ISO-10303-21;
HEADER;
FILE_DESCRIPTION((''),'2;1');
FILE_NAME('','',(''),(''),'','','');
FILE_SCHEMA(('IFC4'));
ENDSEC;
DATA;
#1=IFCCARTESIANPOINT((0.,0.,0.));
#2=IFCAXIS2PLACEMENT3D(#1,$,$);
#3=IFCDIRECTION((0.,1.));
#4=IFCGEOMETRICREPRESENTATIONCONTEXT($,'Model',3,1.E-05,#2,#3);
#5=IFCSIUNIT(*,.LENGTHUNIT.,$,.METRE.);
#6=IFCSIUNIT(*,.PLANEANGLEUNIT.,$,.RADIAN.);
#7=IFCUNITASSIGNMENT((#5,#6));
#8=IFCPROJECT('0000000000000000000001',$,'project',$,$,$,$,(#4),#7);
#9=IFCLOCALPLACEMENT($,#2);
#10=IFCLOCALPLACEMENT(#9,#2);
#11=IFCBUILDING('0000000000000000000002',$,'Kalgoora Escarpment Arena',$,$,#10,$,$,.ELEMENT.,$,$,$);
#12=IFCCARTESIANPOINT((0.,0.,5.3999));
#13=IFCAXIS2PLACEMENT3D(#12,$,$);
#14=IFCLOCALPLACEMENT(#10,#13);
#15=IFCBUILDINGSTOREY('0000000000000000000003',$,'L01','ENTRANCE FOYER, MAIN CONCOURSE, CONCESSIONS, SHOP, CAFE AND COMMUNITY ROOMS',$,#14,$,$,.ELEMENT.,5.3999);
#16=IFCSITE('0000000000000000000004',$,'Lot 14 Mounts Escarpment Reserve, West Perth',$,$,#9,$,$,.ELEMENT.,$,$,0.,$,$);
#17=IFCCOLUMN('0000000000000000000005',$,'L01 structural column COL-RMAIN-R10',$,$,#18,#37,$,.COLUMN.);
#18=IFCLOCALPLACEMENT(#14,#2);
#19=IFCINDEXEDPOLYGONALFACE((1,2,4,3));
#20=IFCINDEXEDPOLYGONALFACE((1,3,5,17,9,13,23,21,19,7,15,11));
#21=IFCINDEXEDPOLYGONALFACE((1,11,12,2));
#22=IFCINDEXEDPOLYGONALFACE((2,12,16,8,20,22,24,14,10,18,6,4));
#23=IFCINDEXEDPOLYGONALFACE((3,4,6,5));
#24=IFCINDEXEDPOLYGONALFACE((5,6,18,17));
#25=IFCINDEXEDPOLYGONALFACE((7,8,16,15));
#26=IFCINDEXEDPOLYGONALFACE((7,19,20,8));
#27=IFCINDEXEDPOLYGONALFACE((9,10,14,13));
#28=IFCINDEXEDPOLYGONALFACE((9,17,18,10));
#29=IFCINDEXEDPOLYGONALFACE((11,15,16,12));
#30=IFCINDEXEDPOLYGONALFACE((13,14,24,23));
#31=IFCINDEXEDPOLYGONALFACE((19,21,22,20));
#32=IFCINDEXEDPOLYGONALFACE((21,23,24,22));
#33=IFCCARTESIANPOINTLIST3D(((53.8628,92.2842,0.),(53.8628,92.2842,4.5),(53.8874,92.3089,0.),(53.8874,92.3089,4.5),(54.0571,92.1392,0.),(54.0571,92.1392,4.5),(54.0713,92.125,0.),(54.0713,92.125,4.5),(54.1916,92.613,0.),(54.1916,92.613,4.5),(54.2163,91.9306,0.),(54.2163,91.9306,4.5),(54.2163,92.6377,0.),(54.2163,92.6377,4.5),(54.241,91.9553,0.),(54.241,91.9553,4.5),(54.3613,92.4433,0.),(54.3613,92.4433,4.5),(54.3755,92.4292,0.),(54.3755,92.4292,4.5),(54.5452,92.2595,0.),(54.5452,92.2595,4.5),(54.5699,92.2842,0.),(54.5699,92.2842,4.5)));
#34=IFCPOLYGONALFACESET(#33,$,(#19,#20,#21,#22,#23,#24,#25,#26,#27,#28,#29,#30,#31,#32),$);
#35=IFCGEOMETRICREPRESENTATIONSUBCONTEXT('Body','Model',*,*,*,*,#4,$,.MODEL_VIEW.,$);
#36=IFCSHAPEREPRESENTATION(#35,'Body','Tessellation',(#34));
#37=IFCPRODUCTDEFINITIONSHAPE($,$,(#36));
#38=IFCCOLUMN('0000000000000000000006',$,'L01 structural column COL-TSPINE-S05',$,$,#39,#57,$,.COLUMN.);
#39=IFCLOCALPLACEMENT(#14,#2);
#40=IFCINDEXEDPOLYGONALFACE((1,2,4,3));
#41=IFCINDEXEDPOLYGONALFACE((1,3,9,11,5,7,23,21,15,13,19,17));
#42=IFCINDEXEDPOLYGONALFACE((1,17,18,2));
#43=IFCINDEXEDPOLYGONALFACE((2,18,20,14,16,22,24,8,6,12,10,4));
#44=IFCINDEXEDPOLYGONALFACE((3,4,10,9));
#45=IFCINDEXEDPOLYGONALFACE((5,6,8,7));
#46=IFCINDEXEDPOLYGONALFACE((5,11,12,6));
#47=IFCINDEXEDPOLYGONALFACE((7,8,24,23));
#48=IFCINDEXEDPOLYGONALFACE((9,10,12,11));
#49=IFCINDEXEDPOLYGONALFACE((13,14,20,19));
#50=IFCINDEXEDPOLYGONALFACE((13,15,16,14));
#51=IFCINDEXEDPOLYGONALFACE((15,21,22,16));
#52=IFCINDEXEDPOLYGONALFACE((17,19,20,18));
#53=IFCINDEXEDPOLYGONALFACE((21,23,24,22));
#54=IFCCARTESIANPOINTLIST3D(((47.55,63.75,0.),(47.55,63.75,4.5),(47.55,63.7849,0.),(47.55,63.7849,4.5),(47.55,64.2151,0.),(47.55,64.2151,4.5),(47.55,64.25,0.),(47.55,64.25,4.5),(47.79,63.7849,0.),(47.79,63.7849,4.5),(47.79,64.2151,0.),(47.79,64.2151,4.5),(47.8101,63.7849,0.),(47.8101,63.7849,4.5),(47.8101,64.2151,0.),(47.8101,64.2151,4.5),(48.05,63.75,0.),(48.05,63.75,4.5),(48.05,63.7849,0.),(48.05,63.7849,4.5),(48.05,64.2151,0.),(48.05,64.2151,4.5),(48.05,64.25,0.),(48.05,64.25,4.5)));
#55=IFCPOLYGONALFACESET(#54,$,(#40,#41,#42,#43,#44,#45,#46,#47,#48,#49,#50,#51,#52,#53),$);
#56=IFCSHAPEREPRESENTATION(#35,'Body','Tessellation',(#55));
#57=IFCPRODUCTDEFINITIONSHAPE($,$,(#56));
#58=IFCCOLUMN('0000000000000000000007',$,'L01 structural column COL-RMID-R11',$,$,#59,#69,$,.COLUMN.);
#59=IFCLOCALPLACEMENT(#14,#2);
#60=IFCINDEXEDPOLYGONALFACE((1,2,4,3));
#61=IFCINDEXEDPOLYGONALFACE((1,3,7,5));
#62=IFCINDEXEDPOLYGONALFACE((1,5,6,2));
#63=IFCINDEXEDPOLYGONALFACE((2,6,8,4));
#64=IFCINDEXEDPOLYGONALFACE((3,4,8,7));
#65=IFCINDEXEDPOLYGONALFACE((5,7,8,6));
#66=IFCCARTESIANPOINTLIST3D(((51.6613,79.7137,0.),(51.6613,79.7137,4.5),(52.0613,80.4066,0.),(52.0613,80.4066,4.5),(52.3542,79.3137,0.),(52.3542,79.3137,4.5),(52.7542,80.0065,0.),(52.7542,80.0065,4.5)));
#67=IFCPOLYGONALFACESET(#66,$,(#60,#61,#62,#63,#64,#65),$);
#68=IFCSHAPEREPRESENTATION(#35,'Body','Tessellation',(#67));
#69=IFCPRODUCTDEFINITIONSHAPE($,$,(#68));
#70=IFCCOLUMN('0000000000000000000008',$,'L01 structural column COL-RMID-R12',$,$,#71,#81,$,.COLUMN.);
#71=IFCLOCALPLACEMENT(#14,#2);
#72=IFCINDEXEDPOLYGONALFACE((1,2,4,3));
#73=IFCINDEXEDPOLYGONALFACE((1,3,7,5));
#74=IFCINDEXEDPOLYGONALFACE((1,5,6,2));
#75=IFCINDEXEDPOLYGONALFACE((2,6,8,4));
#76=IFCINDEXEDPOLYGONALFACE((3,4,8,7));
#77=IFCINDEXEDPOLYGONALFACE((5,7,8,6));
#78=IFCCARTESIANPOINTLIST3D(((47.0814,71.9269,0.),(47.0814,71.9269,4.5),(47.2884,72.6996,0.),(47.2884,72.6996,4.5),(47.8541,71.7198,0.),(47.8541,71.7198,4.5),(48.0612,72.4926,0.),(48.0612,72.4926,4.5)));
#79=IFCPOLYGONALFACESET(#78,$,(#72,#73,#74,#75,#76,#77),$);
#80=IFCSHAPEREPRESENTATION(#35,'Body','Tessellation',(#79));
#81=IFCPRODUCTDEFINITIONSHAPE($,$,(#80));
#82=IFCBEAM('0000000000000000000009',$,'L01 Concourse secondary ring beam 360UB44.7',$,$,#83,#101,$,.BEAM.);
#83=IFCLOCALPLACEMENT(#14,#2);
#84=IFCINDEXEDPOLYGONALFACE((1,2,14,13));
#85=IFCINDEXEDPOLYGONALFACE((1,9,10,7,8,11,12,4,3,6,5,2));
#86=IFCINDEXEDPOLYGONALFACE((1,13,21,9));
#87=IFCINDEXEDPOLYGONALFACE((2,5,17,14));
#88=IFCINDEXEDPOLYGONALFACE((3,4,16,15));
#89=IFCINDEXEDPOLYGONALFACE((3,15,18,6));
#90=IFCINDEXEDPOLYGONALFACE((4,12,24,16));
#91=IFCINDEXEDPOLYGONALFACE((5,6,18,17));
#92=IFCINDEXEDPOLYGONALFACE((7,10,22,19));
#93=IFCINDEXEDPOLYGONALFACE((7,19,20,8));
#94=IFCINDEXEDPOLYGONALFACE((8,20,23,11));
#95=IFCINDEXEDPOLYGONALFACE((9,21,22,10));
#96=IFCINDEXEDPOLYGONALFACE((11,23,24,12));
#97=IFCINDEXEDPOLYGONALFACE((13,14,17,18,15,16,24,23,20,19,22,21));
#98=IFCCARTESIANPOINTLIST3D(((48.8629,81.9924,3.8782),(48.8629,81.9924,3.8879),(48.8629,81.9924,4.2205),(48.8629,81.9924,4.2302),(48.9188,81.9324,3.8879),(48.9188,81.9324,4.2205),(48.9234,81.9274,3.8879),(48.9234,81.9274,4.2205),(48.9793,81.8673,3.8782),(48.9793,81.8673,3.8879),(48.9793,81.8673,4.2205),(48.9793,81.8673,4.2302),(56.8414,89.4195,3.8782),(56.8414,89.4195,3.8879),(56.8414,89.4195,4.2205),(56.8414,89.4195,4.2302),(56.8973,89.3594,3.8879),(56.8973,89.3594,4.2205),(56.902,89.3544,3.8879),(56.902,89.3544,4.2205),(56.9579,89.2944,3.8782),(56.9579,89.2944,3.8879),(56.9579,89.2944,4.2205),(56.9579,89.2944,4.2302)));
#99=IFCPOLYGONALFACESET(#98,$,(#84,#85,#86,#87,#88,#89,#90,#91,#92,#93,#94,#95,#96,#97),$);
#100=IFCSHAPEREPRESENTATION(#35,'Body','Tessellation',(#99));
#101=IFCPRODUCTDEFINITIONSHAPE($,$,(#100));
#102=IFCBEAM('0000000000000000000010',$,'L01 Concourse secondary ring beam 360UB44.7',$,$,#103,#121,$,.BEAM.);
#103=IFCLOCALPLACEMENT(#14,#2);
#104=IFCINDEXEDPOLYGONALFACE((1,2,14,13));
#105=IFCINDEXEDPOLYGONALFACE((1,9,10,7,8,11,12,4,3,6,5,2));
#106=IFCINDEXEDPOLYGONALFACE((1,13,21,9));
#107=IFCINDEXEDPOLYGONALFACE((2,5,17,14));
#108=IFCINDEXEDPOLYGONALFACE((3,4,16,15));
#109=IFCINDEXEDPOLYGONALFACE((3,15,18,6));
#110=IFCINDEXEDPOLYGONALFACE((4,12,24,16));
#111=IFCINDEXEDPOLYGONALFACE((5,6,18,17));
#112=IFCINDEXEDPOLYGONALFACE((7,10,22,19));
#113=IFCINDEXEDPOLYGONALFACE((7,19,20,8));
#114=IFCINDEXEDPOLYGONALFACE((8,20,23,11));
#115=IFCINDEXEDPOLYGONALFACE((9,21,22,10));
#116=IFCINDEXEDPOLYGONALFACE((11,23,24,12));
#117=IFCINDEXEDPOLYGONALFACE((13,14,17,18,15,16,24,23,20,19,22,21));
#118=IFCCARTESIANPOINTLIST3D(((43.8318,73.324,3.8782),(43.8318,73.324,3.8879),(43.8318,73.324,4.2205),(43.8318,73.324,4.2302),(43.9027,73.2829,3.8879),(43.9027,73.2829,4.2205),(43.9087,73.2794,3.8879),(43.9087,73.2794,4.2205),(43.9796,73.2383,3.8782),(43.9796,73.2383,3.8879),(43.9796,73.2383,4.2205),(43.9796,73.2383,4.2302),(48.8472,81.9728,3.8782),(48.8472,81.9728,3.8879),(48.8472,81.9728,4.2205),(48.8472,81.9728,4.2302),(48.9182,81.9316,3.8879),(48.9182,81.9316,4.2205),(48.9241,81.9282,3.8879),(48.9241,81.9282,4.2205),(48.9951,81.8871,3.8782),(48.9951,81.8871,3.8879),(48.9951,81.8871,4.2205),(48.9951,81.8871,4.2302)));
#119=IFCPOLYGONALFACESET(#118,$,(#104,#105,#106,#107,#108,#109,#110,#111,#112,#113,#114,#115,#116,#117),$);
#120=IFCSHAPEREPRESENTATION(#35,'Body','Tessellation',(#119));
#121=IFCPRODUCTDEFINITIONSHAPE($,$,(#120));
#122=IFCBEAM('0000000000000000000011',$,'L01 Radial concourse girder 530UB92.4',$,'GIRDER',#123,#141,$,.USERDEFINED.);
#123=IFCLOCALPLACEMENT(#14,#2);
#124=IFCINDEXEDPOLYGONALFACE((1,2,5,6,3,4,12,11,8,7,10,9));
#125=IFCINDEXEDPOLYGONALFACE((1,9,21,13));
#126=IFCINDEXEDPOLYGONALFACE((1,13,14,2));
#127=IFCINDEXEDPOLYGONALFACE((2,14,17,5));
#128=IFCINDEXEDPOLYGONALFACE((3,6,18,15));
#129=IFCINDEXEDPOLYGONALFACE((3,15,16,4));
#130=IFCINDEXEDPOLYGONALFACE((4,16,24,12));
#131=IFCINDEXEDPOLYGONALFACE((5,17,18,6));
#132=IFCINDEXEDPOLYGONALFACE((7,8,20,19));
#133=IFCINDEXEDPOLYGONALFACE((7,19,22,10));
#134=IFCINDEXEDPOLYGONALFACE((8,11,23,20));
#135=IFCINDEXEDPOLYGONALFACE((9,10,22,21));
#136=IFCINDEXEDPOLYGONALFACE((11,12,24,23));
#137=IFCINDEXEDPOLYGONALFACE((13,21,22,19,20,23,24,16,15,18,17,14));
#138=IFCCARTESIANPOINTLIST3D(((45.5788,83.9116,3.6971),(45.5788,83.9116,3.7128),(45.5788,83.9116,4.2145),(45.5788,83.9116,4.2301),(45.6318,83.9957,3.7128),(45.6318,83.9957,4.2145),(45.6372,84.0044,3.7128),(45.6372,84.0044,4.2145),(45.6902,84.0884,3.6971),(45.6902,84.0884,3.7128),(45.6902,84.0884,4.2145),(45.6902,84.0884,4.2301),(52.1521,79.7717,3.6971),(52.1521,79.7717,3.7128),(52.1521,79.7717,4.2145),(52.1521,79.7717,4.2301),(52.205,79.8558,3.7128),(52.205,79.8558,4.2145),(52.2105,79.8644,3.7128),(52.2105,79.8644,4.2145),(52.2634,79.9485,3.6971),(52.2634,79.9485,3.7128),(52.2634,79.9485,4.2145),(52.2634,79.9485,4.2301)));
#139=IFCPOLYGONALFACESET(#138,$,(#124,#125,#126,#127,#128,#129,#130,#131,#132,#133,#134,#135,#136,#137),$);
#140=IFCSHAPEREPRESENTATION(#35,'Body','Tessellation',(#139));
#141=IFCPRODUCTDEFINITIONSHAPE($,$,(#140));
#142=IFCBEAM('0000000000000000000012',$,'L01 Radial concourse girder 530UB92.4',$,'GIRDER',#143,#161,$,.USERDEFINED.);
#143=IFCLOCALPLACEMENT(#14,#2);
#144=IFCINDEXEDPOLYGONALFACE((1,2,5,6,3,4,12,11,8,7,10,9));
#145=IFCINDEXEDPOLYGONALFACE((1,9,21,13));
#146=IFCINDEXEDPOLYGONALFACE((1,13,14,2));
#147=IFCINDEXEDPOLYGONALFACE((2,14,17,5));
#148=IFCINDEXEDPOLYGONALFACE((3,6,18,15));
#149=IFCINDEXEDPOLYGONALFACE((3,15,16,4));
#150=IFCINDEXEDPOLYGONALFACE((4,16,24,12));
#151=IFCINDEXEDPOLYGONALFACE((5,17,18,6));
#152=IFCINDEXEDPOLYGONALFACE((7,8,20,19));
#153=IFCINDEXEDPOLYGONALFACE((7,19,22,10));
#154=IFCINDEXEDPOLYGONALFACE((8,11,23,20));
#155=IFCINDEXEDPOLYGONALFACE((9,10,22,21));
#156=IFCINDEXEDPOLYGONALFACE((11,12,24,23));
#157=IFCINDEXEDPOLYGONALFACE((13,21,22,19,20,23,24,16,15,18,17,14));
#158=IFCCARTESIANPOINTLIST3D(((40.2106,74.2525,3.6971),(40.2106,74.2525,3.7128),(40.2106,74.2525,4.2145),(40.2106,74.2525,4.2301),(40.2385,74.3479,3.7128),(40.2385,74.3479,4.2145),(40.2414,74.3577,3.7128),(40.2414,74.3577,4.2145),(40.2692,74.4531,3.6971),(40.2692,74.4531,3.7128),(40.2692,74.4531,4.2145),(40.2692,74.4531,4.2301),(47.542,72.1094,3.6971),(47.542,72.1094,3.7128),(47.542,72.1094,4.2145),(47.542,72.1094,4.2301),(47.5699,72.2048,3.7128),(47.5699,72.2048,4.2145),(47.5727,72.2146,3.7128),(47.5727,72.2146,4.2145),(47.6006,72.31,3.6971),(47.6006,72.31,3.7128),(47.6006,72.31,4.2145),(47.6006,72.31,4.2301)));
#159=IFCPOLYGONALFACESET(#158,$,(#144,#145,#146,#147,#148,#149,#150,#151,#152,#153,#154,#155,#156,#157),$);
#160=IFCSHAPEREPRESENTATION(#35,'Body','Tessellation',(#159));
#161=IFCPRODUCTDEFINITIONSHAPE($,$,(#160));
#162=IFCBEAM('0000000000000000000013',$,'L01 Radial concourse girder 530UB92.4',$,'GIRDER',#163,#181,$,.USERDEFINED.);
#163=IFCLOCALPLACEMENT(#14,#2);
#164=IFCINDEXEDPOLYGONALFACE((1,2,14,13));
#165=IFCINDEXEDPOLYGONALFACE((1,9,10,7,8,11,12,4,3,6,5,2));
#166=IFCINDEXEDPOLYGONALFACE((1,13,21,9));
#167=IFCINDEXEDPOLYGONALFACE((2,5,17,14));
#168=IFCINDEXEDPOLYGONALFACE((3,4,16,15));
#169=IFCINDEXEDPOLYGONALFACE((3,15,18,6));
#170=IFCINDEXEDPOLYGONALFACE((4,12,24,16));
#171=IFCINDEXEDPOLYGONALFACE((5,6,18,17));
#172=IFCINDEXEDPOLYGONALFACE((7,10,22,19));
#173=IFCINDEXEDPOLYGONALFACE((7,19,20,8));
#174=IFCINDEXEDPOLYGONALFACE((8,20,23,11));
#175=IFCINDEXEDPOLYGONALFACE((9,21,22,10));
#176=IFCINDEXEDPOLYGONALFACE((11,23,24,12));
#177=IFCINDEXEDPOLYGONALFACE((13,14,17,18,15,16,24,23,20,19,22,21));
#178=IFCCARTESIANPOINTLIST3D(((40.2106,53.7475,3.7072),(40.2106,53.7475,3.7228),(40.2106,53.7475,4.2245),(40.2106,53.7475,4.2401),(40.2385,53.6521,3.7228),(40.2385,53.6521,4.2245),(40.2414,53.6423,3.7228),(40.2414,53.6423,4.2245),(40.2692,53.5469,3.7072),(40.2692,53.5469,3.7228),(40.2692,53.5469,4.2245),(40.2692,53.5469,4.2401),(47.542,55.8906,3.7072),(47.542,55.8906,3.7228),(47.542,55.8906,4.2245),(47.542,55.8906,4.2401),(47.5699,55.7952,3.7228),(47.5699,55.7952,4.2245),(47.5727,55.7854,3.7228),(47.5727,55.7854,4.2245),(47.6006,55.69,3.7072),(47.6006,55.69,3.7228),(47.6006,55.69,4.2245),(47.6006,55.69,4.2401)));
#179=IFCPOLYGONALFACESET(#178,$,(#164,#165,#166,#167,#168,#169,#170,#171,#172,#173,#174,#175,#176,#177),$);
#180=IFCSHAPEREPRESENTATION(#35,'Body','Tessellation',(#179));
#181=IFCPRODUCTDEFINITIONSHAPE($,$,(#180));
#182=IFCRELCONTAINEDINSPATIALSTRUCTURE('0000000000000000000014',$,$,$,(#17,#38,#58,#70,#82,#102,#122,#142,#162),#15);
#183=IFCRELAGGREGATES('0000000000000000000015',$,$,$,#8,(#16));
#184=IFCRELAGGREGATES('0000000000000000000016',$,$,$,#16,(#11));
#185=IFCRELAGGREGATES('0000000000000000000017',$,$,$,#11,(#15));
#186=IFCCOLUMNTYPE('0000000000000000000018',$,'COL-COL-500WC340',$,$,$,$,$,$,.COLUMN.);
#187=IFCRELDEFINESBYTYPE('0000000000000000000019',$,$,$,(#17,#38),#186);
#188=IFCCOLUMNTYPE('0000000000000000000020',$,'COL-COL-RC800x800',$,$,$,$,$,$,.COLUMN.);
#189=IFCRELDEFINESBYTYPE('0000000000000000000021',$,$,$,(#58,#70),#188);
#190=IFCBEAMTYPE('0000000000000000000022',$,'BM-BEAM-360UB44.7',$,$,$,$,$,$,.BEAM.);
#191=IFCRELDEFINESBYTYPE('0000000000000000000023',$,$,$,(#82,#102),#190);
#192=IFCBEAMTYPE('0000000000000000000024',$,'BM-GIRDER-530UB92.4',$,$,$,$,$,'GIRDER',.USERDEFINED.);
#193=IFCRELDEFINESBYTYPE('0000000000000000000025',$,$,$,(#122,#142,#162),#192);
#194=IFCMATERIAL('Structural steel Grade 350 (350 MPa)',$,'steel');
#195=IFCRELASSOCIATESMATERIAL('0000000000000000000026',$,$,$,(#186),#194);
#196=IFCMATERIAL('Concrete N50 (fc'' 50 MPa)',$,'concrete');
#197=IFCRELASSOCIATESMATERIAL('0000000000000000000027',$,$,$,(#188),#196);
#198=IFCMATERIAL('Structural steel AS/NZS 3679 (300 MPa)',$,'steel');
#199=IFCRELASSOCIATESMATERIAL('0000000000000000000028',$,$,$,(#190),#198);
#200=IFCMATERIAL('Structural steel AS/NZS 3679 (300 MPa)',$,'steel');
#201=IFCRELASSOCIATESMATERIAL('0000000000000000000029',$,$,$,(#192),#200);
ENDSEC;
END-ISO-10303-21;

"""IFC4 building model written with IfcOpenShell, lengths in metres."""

from ifc_helpers import new_model, si_unit, direction, frame, origin, origin_2d, place, context, subcontext, project, spatial, rectangle, i_section, extrude, material, material_profile, profile_set, type_object, element, save


model = new_model("IFC4")

# Units and contexts
model_context = context("Model", 3, precision=1e-05, world=origin(), true_north=direction((0.0, 1.0)))
body_context = subcontext(model_context, "Body", "Model", "MODEL_VIEW")
ifc_project = project(units=[si_unit("LENGTHUNIT", "METRE"), si_unit("PLANEANGLEUNIT", "RADIAN")], contexts=[model_context])

# Site, building, storey
site_placement = place(None, origin())
site = spatial("IfcSite", under=ifc_project, at=site_placement, Name="Lot 14 Mounts Escarpment Reserve, West Perth", CompositionType="ELEMENT", RefElevation=0.0)
building_placement = place(site_placement, origin())
building = spatial("IfcBuilding", under=site, at=building_placement, Name="Kalgoora Escarpment Arena", CompositionType="ELEMENT")
storey_placement = place(building_placement, frame((0.0, 0.0, 5.3999)))
storey = spatial("IfcBuildingStorey", under=building, at=storey_placement, Name="L01", Description="ENTRANCE FOYER, MAIN CONCOURSE, CONCESSIONS, SHOP, CAFE AND COMMUNITY ROOMS", CompositionType="ELEMENT", Elevation=5.3999)

# Columns
ifc_material_1 = material(Name="Structural steel Grade 350 (350 MPa)", Category="steel")
ifc_material_profile_1 = material_profile(ifc_material_1, i_section(OverallWidth=0.5, OverallDepth=0.5, WebThickness=0.02, FlangeThickness=0.0349, at=origin_2d()))
ifc_profile_set_1 = profile_set([ifc_material_profile_1], Name="Structural steel Grade 350 (350 MPa)")
column_type_1 = type_object("IfcColumnType", Name="COL-COL-500WC340", PredefinedType="COLUMN", material=ifc_profile_set_1)
for number, where, z_axis, x_axis, name in (
    (1, (54.2163, 92.2842, 0.0), (0.0, 0.0, 1.0), (-0.707107, 0.707107, 0.0), "L01 structural column COL-RMAIN-R10"),
    (2, (47.8, 64.0, 0.0), (0.0, 0.0, 1.0), (-1.0, 0.0, 0.0), "L01 structural column COL-TSPINE-S05"),
):
    element("IfcColumn", number, at=place(storey_placement, frame(where, z_axis=z_axis, x_axis=x_axis)), inside=storey, type_object=column_type_1, Name=name, PredefinedType="COLUMN", context=body_context, shape_type="SweptSolid", body=[
        extrude(i_section(OverallWidth=0.5, OverallDepth=0.5, WebThickness=0.02, FlangeThickness=0.0349, at=origin_2d()), origin(), (0.0, 0.0, 1.0), 4.5),
    ])
ifc_material_2 = material(Name="Concrete N50 (fc' 50 MPa)", Category="concrete")
ifc_material_profile_2 = material_profile(ifc_material_2, rectangle(XDim=0.8, YDim=0.8, at=origin_2d()))
ifc_profile_set_2 = profile_set([ifc_material_profile_2], Name="Concrete N50 (fc' 50 MPa)")
column_type_2 = type_object("IfcColumnType", Name="COL-COL-RC800x800", PredefinedType="COLUMN", material=ifc_profile_set_2)
for number, where, z_axis, x_axis, name in (
    (3, (52.2078, 79.8601, 0.0), (0.0, 0.0, 1.0), (-0.866025, 0.5, 0.0), "L01 structural column COL-RMID-R11"),
    (4, (47.5713, 72.2097, 0.0), (0.0, 0.0, 1.0), (-0.965926, 0.258819, 0.0), "L01 structural column COL-RMID-R12"),
):
    element("IfcColumn", number, at=place(storey_placement, frame(where, z_axis=z_axis, x_axis=x_axis)), inside=storey, type_object=column_type_2, Name=name, PredefinedType="COLUMN", context=body_context, shape_type="SweptSolid", body=[
        extrude(rectangle(XDim=0.8, YDim=0.8, at=origin_2d()), origin(), (0.0, 0.0, 1.0), 4.5),
    ])

# Beams
ifc_material_3 = material(Name="Structural steel AS/NZS 3679 (300 MPa)", Category="steel")
ifc_material_profile_3 = material_profile(ifc_material_3, i_section(OverallWidth=0.1709, OverallDepth=0.3521, WebThickness=0.0068, FlangeThickness=0.0098, at=origin_2d()))
ifc_profile_set_3 = profile_set([ifc_material_profile_3], Name="Structural steel AS/NZS 3679 (300 MPa)")
beam_type_1 = type_object("IfcBeamType", Name="BM-BEAM-360UB44.7", PredefinedType="BEAM", material=ifc_profile_set_3)
beam_1_placement = place(storey_placement, frame((56.8997, 89.3569, 4.0542), z_axis=(-0.731952, -0.681356, 0.0), x_axis=(0.681356, -0.731952, 0.0)))
element("IfcBeam", 5, at=beam_1_placement, inside=storey, type_object=beam_type_1, Name="L01 Concourse secondary ring beam 360UB44.7", PredefinedType="BEAM", context=body_context, shape_type="SweptSolid", body=[
    extrude(i_section(OverallWidth=0.1709, OverallDepth=0.3521, WebThickness=0.0068, FlangeThickness=0.0098, at=origin_2d()), origin(), (0.0, 0.0, 1.0), 10.9004),
])
beam_2_placement = place(storey_placement, frame((48.9211, 81.9299, 4.0542), z_axis=(-0.501654, -0.865068, 0.0), x_axis=(0.865068, -0.501654, 0.0)))
element("IfcBeam", 6, at=beam_2_placement, inside=storey, type_object=beam_type_1, Name="L01 Concourse secondary ring beam 360UB44.7", PredefinedType="BEAM", context=body_context, shape_type="SweptSolid", body=[
    extrude(i_section(OverallWidth=0.1709, OverallDepth=0.3521, WebThickness=0.0068, FlangeThickness=0.0098, at=origin_2d()), origin(), (0.0, 0.0, 1.0), 9.9978),
])
ifc_material_4 = material(Name="Structural steel AS/NZS 3679 (300 MPa)", Category="steel")
ifc_material_profile_4 = material_profile(ifc_material_4, i_section(OverallWidth=0.209, OverallDepth=0.533, WebThickness=0.0103, FlangeThickness=0.0156, at=origin_2d()))
ifc_profile_set_4 = profile_set([ifc_material_profile_4], Name="Structural steel AS/NZS 3679 (300 MPa)")
beam_type_2 = type_object("IfcBeamType", Name="BM-GIRDER-530UB92.4", ElementType="GIRDER", PredefinedType="USERDEFINED", material=ifc_profile_set_4)
beam_3_placement = place(storey_placement, frame((52.2078, 79.8601, 3.9636), z_axis=(-0.846164, 0.532922, 0.0), x_axis=(-0.532922, -0.846164, 0.0)))
element("IfcBeam", 7, at=beam_3_placement, inside=storey, type_object=beam_type_2, Name="L01 Radial concourse girder 530UB92.4", ObjectType="GIRDER", PredefinedType="USERDEFINED", context=body_context, shape_type="SweptSolid", body=[
    extrude(i_section(OverallWidth=0.209, OverallDepth=0.533, WebThickness=0.0103, FlangeThickness=0.0156, at=origin_2d()), origin(), (0.0, 0.0, 1.0), 7.7683),
])
for number, where, z_axis, x_axis, name in (
    (8, (47.5713, 72.2097, 3.9636), (-0.959832, 0.280576, 0.0), (-0.280576, -0.959832, 0.0), "L01 Radial concourse girder 530UB92.4"),
    (9, (47.5713, 55.7903, 3.9736), (-0.959832, -0.280576, 0.0), (0.280576, -0.959832, 0.0), "L01 Radial concourse girder 530UB92.4"),
):
    element("IfcBeam", number, at=place(storey_placement, frame(where, z_axis=z_axis, x_axis=x_axis)), inside=storey, type_object=beam_type_2, Name=name, ObjectType="GIRDER", PredefinedType="USERDEFINED", context=body_context, shape_type="SweptSolid", body=[
        extrude(i_section(OverallWidth=0.209, OverallDepth=0.533, WebThickness=0.0103, FlangeThickness=0.0156, at=origin_2d()), origin(), (0.0, 0.0, 1.0), 7.6382),
    ])

save(model, "model.ifc")
